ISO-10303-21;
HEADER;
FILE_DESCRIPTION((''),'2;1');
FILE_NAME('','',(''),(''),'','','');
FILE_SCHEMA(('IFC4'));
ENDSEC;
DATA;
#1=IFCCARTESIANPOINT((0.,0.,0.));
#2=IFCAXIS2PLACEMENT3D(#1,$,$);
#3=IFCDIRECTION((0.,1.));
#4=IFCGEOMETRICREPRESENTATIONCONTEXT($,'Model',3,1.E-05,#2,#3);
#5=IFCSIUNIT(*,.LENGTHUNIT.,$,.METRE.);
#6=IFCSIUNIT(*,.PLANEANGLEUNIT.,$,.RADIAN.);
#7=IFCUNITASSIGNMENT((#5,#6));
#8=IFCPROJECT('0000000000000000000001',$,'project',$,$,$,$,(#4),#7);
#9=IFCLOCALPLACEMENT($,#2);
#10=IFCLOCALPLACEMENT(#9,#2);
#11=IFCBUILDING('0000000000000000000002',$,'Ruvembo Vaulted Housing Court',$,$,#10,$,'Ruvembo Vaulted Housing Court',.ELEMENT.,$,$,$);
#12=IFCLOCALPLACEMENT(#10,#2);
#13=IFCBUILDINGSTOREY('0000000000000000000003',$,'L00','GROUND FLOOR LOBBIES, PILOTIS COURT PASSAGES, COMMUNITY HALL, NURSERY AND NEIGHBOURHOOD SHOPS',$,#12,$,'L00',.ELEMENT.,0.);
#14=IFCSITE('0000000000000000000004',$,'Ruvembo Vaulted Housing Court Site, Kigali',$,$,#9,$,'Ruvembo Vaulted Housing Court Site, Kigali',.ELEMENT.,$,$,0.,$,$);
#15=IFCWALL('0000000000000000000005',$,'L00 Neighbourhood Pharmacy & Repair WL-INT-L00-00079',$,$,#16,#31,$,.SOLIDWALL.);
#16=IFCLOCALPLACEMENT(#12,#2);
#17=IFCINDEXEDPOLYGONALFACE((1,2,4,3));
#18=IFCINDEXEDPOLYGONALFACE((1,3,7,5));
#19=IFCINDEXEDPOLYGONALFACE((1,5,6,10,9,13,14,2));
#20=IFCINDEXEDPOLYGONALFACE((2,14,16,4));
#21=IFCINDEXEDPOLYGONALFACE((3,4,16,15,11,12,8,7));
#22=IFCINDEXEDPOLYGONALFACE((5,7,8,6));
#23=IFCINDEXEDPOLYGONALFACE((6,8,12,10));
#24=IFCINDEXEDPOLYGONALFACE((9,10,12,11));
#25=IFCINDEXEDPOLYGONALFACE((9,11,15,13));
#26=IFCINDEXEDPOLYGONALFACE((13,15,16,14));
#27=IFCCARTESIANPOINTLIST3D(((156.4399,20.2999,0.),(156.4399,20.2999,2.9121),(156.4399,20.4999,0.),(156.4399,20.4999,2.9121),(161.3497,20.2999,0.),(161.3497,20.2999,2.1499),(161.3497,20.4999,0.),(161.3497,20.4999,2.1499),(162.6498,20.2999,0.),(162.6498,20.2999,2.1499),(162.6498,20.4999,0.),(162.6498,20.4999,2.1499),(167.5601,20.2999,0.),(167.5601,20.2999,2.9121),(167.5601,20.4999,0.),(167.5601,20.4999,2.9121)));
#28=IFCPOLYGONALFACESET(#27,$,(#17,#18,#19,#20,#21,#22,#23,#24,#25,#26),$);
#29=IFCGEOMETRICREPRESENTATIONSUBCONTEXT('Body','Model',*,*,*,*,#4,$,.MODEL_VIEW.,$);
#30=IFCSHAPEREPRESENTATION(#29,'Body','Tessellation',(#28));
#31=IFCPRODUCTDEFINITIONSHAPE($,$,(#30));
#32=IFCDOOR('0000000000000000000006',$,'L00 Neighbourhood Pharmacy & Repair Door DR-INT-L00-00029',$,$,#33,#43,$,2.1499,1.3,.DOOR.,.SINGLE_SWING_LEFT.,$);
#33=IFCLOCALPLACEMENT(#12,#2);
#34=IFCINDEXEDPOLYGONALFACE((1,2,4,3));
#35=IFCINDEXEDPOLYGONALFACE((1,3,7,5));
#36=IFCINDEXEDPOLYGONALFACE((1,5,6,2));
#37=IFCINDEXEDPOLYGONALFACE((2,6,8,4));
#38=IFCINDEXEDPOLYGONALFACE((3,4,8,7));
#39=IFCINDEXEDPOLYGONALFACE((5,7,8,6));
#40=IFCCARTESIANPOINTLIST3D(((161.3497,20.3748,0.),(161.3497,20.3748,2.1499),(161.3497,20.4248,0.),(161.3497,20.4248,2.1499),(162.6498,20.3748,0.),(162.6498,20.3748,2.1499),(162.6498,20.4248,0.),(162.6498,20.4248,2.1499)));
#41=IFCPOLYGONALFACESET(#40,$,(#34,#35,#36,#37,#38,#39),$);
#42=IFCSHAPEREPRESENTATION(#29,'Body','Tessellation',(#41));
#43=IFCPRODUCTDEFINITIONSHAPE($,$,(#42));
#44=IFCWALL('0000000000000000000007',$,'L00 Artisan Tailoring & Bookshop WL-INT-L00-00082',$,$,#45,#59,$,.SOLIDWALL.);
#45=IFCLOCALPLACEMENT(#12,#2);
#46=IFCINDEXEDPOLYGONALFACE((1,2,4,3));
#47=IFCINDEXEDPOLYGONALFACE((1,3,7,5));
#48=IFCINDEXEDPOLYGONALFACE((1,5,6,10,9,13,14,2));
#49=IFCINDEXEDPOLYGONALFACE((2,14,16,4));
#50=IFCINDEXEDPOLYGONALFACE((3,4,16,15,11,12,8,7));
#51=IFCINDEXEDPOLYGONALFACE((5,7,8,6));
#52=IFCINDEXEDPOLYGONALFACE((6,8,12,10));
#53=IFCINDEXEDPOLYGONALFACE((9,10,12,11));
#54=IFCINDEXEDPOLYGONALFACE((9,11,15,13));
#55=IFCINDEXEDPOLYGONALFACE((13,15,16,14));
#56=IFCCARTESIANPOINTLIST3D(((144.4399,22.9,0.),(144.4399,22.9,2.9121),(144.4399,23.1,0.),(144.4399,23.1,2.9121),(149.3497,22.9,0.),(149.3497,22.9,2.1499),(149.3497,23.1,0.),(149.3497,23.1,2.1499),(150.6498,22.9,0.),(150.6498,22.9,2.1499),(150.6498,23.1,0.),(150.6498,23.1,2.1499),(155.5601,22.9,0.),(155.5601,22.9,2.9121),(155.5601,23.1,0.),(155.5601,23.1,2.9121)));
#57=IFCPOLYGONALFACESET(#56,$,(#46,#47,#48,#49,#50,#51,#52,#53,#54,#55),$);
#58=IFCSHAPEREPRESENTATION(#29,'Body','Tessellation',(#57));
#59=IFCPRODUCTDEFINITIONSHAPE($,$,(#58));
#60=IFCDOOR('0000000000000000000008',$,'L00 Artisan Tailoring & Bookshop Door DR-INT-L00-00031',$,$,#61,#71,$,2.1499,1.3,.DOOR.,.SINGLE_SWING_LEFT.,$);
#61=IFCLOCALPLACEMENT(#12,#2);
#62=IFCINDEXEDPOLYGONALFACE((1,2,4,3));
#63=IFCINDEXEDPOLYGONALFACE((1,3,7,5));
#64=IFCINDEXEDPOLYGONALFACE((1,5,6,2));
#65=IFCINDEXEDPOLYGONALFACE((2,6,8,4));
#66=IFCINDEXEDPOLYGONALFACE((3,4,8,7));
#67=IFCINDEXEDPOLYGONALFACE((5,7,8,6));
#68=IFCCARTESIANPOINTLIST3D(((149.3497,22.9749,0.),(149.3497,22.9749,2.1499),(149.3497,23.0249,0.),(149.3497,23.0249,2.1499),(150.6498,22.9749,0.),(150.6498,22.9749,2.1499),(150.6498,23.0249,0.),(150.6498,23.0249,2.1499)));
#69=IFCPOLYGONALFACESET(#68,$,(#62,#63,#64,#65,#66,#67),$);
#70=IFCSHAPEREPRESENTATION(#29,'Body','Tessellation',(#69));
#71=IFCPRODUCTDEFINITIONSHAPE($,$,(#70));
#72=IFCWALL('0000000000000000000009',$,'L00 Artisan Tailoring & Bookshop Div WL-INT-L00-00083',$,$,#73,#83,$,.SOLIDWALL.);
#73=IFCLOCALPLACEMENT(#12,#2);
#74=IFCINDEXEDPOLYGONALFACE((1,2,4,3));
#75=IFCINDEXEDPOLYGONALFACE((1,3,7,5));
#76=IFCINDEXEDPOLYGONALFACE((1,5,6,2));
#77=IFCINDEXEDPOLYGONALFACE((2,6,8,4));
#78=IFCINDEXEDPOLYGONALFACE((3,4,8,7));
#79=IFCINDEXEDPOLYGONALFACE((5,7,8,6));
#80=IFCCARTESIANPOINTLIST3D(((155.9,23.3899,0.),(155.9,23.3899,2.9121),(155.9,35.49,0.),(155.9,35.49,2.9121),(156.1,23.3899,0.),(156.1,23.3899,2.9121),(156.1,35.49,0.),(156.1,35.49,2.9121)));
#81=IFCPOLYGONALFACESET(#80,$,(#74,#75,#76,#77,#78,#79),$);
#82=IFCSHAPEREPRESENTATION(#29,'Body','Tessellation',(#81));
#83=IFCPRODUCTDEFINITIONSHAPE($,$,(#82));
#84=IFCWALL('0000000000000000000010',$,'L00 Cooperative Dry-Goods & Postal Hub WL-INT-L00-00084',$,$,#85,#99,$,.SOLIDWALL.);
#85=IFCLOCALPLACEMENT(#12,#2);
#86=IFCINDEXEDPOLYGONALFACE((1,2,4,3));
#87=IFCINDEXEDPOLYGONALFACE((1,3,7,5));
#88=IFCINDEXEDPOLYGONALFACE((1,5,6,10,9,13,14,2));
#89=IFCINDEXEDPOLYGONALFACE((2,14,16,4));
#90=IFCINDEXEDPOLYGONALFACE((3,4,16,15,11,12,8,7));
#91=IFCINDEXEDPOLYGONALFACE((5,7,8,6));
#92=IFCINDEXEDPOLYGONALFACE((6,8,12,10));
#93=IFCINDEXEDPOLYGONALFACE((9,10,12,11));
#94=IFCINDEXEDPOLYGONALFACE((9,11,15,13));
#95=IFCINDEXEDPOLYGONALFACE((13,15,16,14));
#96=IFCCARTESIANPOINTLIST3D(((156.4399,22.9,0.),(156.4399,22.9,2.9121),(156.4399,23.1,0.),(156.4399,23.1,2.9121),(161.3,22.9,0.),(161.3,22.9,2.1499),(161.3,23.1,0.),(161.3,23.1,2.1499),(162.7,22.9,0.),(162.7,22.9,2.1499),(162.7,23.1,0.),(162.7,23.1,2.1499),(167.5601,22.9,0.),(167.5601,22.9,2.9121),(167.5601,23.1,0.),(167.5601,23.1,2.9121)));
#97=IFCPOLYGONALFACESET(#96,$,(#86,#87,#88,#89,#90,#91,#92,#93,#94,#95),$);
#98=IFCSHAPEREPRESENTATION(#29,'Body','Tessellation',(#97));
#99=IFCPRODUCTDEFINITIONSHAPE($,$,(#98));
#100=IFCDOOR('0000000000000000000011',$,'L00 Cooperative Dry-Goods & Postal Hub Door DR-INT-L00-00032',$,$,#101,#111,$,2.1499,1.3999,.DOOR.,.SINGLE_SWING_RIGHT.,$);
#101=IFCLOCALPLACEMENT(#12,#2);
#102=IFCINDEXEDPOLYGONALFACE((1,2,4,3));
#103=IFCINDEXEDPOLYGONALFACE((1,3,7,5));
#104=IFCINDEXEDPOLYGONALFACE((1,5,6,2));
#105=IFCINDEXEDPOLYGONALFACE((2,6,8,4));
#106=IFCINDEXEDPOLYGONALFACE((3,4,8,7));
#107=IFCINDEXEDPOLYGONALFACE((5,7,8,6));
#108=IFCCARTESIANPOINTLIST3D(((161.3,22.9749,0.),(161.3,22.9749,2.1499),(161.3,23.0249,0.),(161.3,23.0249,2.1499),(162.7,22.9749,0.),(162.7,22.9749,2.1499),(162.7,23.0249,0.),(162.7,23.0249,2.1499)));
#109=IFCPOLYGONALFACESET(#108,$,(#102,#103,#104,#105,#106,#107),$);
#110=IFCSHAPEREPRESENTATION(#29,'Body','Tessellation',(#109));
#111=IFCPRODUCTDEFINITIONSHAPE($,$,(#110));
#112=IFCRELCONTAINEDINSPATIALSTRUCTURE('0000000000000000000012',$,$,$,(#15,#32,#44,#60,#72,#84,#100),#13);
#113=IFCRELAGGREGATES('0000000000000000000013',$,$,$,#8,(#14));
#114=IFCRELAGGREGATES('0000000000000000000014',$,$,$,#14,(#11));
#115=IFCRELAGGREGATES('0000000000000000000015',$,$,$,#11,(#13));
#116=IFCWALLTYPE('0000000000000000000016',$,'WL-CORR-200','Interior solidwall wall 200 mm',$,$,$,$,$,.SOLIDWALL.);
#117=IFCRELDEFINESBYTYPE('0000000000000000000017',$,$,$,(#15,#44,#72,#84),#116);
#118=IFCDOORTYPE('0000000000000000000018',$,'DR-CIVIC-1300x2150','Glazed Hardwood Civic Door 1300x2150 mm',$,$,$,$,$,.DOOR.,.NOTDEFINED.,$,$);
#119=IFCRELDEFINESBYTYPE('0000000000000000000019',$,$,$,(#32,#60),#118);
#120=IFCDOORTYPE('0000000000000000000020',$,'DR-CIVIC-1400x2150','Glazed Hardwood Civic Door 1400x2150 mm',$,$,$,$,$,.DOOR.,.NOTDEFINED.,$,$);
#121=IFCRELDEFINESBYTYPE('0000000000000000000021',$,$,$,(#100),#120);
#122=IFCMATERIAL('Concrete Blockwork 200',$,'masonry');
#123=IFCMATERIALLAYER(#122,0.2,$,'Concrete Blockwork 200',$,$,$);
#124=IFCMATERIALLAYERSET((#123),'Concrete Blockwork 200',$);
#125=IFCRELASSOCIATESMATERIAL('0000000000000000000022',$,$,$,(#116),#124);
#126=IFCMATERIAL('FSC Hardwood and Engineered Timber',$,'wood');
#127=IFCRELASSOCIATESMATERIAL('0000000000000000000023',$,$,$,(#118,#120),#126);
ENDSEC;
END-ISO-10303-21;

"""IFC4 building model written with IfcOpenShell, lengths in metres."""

from ifc_helpers import new_model, si_unit, direction, frame, frame_2d, origin, place, context, subcontext, project, spatial, rectangle, extrude, material, layer, layer_set, type_object, element, fill, save


model = new_model("IFC4")

# Units and contexts
model_context = context("Model", 3, precision=1e-05, world=origin(), true_north=direction((0.0, 1.0)))
body_context = subcontext(model_context, "Body", "Model", "MODEL_VIEW")
ifc_project = project(units=[si_unit("LENGTHUNIT", "METRE"), si_unit("PLANEANGLEUNIT", "RADIAN")], contexts=[model_context])

# Site, building, storey
site_placement = place(None, origin())
site = spatial("IfcSite", under=ifc_project, at=site_placement, Name="Ruvembo Vaulted Housing Court Site, Kigali", LongName="Ruvembo Vaulted Housing Court Site, Kigali", CompositionType="ELEMENT", RefElevation=0.0)
building_placement = place(site_placement, origin())
building = spatial("IfcBuilding", under=site, at=building_placement, Name="Ruvembo Vaulted Housing Court", LongName="Ruvembo Vaulted Housing Court", CompositionType="ELEMENT")
storey_placement = place(building_placement, origin())
storey = spatial("IfcBuildingStorey", under=building, at=storey_placement, Name="L00", Description="GROUND FLOOR LOBBIES, PILOTIS COURT PASSAGES, COMMUNITY HALL, NURSERY AND NEIGHBOURHOOD SHOPS", LongName="L00", CompositionType="ELEMENT", Elevation=0.0)

# Walls, openings, doors
ifc_material_1 = material(Name="Concrete Blockwork 200", Category="masonry")
ifc_layer_1 = layer(ifc_material_1, 0.2, Name="Concrete Blockwork 200")
ifc_layer_set_1 = layer_set([ifc_layer_1], Name="Concrete Blockwork 200")
wall_type = type_object("IfcWallType", Name="WL-CORR-200", Description="Interior solidwall wall 200 mm", PredefinedType="SOLIDWALL", material=ifc_layer_set_1)
wall_1_placement = place(storey_placement, frame((156.4399, 20.3999, 0.0), z_axis=(0.0, 0.0, 1.0), x_axis=(1.0, 0.0, 0.0)))
wall_1 = element("IfcWall", 1, at=wall_1_placement, inside=storey, type_object=wall_type, Name="L00 Neighbourhood Pharmacy & Repair WL-INT-L00-00079", PredefinedType="SOLIDWALL", context=body_context, shape_type="SweptSolid", body=[
    extrude(rectangle(XDim=11.1201, YDim=0.2, at=frame_2d((5.5601, 0.0))), origin(), (0.0, 0.0, 1.0), 2.9121),
])
opening_1_placement = place(wall_1_placement, frame((4.9099, 0.0, 0.0)))
opening_1 = element("IfcOpeningElement", 2, at=opening_1_placement, cuts=wall_1, PredefinedType="OPENING", context=body_context, shape_type="SweptSolid", body=[
    extrude(rectangle(XDim=1.3, YDim=2.1499, at=frame_2d((0.6499, 1.075))), frame((0.0, 0.1099, 0.0), z_axis=(0.0, -1.0, 0.0), x_axis=(1.0, 0.0, 0.0)), (0.0, 0.0, 1.0), 0.22),
])
ifc_material_2 = material(Name="FSC Hardwood and Engineered Timber", Category="wood")
door_type_1 = type_object("IfcDoorType", Name="DR-CIVIC-1300x2150", Description="Glazed Hardwood Civic Door 1300x2150 mm", OperationType="NOTDEFINED", PredefinedType="DOOR", material=ifc_material_2)
door_1_placement = place(opening_1_placement, origin())
door_1 = element("IfcDoor", 3, at=door_1_placement, inside=storey, type_object=door_type_1, Name="L00 Neighbourhood Pharmacy & Repair Door DR-INT-L00-00029", OperationType="SINGLE_SWING_LEFT", OverallHeight=2.1499, OverallWidth=1.3, PredefinedType="DOOR", context=body_context, shape_type="SweptSolid", body=[
    extrude(rectangle(XDim=1.3, YDim=2.1499, at=frame_2d((0.6499, 1.075))), frame((0.0, 0.0249, 0.0), z_axis=(0.0, -1.0, 0.0), x_axis=(1.0, 0.0, 0.0)), (0.0, 0.0, 1.0), 0.05),
])
fill(opening_1, door_1)
wall_2_placement = place(storey_placement, frame((144.4399, 23.0, 0.0), z_axis=(0.0, 0.0, 1.0), x_axis=(1.0, 0.0, 0.0)))
wall_2 = element("IfcWall", 4, at=wall_2_placement, inside=storey, type_object=wall_type, Name="L00 Artisan Tailoring & Bookshop WL-INT-L00-00082", PredefinedType="SOLIDWALL", context=body_context, shape_type="SweptSolid", body=[
    extrude(rectangle(XDim=11.1201, YDim=0.2, at=frame_2d((5.5601, 0.0))), origin(), (0.0, 0.0, 1.0), 2.9121),
])
opening_2_placement = place(wall_2_placement, frame((4.9099, 0.0, 0.0)))
opening_2 = element("IfcOpeningElement", 5, at=opening_2_placement, cuts=wall_2, PredefinedType="OPENING", context=body_context, shape_type="SweptSolid", body=[
    extrude(rectangle(XDim=1.3, YDim=2.1499, at=frame_2d((0.6499, 1.075))), frame((0.0, 0.1099, 0.0), z_axis=(0.0, -1.0, 0.0), x_axis=(1.0, 0.0, 0.0)), (0.0, 0.0, 1.0), 0.22),
])
door_2_placement = place(opening_2_placement, origin())
door_2 = element("IfcDoor", 6, at=door_2_placement, inside=storey, type_object=door_type_1, Name="L00 Artisan Tailoring & Bookshop Door DR-INT-L00-00031", OperationType="SINGLE_SWING_LEFT", OverallHeight=2.1499, OverallWidth=1.3, PredefinedType="DOOR", context=body_context, shape_type="SweptSolid", body=[
    extrude(rectangle(XDim=1.3, YDim=2.1499, at=frame_2d((0.6499, 1.075))), frame((0.0, 0.0249, 0.0), z_axis=(0.0, -1.0, 0.0), x_axis=(1.0, 0.0, 0.0)), (0.0, 0.0, 1.0), 0.05),
])
fill(opening_2, door_2)

# Wall
wall_3_placement = place(storey_placement, frame((156.0, 23.3899, 0.0), z_axis=(0.0, 0.0, 1.0), x_axis=(0.0, 1.0, 0.0)))
element("IfcWall", 7, at=wall_3_placement, inside=storey, type_object=wall_type, Name="L00 Artisan Tailoring & Bookshop Div WL-INT-L00-00083", PredefinedType="SOLIDWALL", context=body_context, shape_type="SweptSolid", body=[
    extrude(rectangle(XDim=12.1001, YDim=0.2, at=frame_2d((6.05, 0.0))), origin(), (0.0, 0.0, 1.0), 2.9121),
])

# Wall, opening, door
wall_4_placement = place(storey_placement, frame((156.4399, 23.0, 0.0), z_axis=(0.0, 0.0, 1.0), x_axis=(1.0, 0.0, 0.0)))
wall_4 = element("IfcWall", 8, at=wall_4_placement, inside=storey, type_object=wall_type, Name="L00 Cooperative Dry-Goods & Postal Hub WL-INT-L00-00084", PredefinedType="SOLIDWALL", context=body_context, shape_type="SweptSolid", body=[
    extrude(rectangle(XDim=11.1201, YDim=0.2, at=frame_2d((5.5601, 0.0))), origin(), (0.0, 0.0, 1.0), 2.9121),
])
opening_3_placement = place(wall_4_placement, frame((4.8601, 0.0, 0.0)))
opening_3 = element("IfcOpeningElement", 9, at=opening_3_placement, cuts=wall_4, PredefinedType="OPENING", context=body_context, shape_type="SweptSolid", body=[
    extrude(rectangle(XDim=1.3999, YDim=2.1499, at=frame_2d((0.7, 1.075))), frame((0.0, 0.1099, 0.0), z_axis=(0.0, -1.0, 0.0), x_axis=(1.0, 0.0, 0.0)), (0.0, 0.0, 1.0), 0.22),
])
door_type_2 = type_object("IfcDoorType", Name="DR-CIVIC-1400x2150", Description="Glazed Hardwood Civic Door 1400x2150 mm", OperationType="NOTDEFINED", PredefinedType="DOOR", material=ifc_material_2)
door_3_placement = place(opening_3_placement, origin())
door_3 = element("IfcDoor", 10, at=door_3_placement, inside=storey, type_object=door_type_2, Name="L00 Cooperative Dry-Goods & Postal Hub Door DR-INT-L00-00032", OperationType="SINGLE_SWING_RIGHT", OverallHeight=2.1499, OverallWidth=1.3999, PredefinedType="DOOR", context=body_context, shape_type="SweptSolid", body=[
    extrude(rectangle(XDim=1.3999, YDim=2.1499, at=frame_2d((0.7, 1.075))), frame((0.0, 0.0249, 0.0), z_axis=(0.0, -1.0, 0.0), x_axis=(1.0, 0.0, 0.0)), (0.0, 0.0, 1.0), 0.05),
])
fill(opening_3, door_3)

save(model, "model.ifc")
